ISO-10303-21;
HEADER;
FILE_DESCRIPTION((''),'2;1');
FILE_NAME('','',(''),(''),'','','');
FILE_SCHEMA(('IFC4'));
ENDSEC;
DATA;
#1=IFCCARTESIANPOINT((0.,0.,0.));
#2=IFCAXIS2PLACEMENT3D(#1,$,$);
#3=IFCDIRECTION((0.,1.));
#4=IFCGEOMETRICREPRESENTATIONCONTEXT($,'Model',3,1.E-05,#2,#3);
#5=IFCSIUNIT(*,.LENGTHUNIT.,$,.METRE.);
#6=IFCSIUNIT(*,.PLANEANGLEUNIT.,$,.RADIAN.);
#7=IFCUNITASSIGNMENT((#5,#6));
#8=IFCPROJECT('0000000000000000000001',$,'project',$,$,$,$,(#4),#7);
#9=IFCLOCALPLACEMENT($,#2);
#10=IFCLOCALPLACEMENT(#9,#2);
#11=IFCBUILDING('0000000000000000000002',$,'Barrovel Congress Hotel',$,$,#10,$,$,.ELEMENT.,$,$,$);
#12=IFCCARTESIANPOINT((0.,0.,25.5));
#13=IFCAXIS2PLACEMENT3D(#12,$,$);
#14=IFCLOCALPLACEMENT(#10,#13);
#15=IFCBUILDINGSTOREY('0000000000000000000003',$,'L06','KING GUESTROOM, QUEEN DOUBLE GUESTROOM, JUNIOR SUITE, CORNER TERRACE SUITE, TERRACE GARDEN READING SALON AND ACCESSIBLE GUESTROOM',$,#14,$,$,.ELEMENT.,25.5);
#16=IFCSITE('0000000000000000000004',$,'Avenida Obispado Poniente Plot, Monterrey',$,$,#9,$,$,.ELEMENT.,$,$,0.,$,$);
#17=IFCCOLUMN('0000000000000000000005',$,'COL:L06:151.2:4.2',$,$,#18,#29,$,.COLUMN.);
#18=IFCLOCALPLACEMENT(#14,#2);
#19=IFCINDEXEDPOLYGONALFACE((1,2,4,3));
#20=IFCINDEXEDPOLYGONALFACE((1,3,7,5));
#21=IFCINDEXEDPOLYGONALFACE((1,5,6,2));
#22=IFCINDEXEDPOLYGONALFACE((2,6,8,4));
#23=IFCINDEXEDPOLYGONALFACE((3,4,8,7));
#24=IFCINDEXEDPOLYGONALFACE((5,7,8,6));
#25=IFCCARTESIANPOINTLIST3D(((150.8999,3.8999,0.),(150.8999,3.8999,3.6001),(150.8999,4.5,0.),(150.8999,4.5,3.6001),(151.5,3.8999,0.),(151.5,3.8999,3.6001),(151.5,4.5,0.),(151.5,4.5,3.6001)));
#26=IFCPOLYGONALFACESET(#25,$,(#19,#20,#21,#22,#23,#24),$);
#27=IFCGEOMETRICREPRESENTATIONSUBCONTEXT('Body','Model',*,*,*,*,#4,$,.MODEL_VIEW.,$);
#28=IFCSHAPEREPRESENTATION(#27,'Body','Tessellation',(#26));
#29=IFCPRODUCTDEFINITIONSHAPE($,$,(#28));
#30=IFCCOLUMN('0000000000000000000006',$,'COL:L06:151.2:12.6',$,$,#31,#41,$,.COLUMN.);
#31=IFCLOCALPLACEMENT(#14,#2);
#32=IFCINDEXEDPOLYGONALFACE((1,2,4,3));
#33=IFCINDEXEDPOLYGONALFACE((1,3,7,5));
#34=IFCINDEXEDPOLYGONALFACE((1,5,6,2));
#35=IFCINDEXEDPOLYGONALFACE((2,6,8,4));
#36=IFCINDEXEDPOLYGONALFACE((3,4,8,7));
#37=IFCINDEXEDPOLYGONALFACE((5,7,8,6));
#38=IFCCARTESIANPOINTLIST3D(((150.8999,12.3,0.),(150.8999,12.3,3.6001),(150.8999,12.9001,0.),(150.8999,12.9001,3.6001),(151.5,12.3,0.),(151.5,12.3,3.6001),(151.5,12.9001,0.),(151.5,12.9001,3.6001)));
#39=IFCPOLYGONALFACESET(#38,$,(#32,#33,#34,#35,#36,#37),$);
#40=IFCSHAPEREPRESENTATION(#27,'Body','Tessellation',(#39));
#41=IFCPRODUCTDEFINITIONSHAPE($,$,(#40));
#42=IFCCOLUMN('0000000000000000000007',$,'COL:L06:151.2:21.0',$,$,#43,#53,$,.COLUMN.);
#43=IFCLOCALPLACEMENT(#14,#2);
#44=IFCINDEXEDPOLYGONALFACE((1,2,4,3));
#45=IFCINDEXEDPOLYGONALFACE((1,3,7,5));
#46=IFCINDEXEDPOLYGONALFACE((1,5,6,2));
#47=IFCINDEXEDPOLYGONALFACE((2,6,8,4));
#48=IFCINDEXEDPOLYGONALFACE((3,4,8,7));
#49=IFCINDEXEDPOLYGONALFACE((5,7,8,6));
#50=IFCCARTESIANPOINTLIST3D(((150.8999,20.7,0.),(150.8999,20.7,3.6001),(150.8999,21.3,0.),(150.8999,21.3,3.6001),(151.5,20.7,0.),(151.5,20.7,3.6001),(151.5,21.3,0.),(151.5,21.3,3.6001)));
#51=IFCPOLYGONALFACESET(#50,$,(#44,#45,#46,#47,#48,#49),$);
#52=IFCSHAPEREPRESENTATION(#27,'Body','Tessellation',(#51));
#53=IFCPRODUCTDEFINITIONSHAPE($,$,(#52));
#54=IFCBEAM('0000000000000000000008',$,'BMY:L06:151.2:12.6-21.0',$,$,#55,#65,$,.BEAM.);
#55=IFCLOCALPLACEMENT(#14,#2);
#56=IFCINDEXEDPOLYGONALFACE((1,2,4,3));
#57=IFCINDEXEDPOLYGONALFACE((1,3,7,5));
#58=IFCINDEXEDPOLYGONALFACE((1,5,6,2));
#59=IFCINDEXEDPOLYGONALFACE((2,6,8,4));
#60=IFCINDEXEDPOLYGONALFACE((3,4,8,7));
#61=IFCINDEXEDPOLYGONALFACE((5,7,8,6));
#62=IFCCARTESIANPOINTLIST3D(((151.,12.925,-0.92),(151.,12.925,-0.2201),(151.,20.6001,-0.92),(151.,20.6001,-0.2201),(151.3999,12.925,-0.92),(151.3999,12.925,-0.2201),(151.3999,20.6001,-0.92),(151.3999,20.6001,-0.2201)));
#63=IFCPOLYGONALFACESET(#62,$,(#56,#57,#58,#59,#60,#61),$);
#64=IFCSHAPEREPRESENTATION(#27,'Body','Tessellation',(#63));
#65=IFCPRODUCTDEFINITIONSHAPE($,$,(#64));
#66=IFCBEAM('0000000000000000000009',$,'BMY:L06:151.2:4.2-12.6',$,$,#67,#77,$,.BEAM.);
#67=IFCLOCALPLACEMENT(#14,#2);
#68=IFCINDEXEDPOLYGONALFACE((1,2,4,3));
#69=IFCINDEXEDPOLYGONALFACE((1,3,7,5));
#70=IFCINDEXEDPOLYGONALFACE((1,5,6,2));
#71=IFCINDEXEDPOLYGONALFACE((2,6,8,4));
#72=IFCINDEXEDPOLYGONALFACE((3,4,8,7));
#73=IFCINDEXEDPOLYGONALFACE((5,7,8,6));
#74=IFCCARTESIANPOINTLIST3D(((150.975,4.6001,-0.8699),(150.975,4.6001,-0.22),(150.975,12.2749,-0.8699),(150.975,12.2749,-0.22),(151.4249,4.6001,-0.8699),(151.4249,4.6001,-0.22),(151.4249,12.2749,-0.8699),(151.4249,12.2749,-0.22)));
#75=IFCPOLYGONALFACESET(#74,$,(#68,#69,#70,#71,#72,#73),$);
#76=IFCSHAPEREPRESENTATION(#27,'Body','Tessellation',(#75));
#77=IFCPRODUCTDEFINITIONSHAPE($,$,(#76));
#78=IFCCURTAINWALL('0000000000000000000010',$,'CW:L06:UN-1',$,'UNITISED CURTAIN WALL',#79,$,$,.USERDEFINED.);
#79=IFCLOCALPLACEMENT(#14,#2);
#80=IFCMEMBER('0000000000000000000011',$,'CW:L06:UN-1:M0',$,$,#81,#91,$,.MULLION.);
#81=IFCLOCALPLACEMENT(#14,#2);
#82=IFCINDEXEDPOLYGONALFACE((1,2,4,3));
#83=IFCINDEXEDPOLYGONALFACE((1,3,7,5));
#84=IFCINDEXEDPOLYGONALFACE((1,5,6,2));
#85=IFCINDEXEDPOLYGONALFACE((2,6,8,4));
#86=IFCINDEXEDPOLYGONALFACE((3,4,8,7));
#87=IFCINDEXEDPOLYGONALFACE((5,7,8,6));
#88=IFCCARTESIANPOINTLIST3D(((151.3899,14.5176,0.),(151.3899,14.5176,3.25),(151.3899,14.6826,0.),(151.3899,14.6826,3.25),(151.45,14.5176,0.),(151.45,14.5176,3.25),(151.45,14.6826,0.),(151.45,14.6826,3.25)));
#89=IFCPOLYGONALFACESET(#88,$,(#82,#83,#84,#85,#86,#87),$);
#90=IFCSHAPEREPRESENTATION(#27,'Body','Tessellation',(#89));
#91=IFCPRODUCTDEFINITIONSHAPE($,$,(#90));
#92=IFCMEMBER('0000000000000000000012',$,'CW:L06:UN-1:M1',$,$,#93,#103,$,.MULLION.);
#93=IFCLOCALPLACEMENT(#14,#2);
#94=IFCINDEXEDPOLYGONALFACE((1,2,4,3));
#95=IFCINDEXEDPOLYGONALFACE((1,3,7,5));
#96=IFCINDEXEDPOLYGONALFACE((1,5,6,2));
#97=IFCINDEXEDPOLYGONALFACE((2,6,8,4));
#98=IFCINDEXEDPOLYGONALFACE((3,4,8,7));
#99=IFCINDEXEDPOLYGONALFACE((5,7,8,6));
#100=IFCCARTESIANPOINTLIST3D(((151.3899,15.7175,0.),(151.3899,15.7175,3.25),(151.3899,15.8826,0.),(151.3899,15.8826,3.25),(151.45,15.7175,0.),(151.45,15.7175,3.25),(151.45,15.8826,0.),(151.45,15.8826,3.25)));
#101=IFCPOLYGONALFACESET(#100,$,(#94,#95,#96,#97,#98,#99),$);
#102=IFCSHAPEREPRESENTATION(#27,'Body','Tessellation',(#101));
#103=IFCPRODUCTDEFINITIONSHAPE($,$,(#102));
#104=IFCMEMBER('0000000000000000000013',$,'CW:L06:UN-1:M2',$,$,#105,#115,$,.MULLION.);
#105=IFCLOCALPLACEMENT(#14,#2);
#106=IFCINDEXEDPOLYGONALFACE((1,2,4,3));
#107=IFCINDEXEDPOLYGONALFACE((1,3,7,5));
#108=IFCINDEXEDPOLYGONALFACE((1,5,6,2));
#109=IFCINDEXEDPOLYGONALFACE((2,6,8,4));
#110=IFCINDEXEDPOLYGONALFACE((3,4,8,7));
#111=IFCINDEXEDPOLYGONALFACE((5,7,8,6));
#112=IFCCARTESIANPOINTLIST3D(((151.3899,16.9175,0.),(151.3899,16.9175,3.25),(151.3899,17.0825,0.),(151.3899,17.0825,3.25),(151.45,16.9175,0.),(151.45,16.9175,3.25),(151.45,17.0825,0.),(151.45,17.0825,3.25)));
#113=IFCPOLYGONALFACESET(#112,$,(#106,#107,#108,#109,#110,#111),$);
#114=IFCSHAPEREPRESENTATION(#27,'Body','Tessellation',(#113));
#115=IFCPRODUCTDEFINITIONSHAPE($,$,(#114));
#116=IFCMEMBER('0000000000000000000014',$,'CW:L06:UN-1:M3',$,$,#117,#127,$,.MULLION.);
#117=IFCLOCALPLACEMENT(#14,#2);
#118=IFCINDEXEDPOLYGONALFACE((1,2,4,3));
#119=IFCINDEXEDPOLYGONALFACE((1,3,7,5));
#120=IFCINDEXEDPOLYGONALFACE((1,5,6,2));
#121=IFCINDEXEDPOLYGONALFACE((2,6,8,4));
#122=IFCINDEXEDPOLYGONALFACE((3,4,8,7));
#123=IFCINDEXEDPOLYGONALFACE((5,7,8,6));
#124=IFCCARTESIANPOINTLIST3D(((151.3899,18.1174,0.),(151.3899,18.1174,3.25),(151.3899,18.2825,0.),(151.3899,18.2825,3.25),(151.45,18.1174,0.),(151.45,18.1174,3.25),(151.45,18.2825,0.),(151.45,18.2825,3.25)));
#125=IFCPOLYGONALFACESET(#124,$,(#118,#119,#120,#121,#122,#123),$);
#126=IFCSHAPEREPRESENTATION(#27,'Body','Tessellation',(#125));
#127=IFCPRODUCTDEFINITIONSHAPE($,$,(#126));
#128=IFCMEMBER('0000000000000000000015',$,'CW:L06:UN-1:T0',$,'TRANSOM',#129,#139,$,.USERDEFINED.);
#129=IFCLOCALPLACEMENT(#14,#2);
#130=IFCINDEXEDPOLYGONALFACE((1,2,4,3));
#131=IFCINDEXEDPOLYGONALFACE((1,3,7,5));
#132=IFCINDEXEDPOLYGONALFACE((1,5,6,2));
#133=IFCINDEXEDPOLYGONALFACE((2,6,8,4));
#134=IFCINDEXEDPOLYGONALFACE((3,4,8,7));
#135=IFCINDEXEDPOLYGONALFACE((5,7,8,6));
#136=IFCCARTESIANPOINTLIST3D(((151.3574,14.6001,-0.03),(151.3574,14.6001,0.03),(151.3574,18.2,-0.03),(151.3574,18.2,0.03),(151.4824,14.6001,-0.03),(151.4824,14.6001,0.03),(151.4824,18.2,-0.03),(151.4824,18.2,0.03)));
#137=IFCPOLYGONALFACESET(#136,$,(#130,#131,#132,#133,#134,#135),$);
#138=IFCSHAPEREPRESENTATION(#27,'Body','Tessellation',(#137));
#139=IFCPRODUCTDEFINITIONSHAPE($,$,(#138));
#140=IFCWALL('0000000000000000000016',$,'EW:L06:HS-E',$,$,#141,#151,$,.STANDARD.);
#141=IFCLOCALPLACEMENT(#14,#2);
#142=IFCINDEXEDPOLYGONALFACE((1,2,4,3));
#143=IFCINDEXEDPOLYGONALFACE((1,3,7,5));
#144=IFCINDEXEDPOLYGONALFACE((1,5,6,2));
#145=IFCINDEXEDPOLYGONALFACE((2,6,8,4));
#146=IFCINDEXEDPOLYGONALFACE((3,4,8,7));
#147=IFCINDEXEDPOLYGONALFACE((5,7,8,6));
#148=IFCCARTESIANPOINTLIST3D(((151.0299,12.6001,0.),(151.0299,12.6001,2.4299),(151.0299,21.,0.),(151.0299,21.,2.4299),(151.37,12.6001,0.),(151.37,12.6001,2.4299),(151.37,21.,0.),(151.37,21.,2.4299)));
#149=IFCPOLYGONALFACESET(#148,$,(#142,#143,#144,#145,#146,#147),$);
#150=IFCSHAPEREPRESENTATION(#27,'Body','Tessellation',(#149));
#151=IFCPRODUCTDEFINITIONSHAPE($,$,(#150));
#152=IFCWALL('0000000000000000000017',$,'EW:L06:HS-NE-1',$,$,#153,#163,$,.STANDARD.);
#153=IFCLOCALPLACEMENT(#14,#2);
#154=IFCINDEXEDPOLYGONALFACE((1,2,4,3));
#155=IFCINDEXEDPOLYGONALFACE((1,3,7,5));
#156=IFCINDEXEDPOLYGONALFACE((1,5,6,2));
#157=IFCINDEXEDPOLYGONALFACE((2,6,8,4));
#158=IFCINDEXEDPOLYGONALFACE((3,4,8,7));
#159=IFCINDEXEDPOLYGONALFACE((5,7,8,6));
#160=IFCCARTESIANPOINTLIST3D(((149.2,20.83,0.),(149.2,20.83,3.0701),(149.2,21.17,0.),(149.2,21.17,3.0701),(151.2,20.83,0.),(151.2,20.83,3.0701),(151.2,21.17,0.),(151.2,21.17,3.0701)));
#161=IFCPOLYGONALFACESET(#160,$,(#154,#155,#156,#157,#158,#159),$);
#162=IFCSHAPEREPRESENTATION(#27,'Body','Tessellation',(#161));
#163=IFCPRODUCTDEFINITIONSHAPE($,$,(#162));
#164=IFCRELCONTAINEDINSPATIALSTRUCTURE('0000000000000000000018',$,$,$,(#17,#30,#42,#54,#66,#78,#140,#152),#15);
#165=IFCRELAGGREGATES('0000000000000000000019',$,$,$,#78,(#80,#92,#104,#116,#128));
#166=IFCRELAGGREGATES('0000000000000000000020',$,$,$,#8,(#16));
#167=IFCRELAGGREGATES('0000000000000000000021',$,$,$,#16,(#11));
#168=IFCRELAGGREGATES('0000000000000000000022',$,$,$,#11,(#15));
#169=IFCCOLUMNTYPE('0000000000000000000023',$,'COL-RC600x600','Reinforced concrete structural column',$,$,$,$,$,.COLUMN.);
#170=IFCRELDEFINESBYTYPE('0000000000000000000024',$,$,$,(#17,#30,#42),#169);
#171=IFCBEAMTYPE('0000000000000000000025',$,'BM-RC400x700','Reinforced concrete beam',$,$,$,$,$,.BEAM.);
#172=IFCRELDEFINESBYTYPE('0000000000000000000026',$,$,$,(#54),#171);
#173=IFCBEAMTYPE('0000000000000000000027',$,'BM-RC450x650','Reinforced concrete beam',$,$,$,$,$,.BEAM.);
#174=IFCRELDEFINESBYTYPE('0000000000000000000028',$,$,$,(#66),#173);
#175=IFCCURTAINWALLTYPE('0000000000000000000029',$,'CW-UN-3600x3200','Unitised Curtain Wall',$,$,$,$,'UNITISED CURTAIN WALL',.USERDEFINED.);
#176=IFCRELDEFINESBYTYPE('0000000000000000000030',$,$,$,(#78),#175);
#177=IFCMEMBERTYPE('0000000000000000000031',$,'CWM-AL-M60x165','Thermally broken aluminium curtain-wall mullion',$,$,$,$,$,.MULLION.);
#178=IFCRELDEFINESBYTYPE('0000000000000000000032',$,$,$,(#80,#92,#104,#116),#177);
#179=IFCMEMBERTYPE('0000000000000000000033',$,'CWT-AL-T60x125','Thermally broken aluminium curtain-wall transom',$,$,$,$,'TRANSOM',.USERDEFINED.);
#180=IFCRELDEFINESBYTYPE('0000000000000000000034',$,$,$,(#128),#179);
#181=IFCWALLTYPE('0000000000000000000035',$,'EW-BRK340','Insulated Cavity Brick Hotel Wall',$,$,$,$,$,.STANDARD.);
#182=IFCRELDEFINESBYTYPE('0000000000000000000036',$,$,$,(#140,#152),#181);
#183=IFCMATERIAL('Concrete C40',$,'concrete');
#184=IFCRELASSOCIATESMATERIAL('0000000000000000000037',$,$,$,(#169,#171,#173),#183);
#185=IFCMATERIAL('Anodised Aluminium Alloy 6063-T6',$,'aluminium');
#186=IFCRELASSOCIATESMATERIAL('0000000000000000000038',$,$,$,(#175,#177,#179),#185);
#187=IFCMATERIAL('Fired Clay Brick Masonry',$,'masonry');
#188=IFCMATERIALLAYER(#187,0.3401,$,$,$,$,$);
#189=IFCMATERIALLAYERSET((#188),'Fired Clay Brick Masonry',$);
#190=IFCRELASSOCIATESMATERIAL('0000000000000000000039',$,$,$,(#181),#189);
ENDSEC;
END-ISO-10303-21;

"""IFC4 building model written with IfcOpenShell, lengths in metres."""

from ifc_helpers import new_model, si_unit, direction, frame, frame_2d, origin, origin_2d, place, context, subcontext, project, spatial, rectangle, extrude, material, layer, layer_set, material_profile, profile_set, type_object, element, aggregate, save


model = new_model("IFC4")

# Units and contexts
model_context = context("Model", 3, precision=1e-05, world=origin(), true_north=direction((0.0, 1.0)))
body_context = subcontext(model_context, "Body", "Model", "MODEL_VIEW")
ifc_project = project(units=[si_unit("LENGTHUNIT", "METRE"), si_unit("PLANEANGLEUNIT", "RADIAN")], contexts=[model_context])

# Site, building, storey
site_placement = place(None, origin())
site = spatial("IfcSite", under=ifc_project, at=site_placement, Name="Avenida Obispado Poniente Plot, Monterrey", CompositionType="ELEMENT", RefElevation=0.0)
building_placement = place(site_placement, origin())
building = spatial("IfcBuilding", under=site, at=building_placement, Name="Barrovel Congress Hotel", CompositionType="ELEMENT")
storey_placement = place(building_placement, frame((0.0, 0.0, 25.5)))
storey = spatial("IfcBuildingStorey", under=building, at=storey_placement, Name="L06", Description="KING GUESTROOM, QUEEN DOUBLE GUESTROOM, JUNIOR SUITE, CORNER TERRACE SUITE, TERRACE GARDEN READING SALON AND ACCESSIBLE GUESTROOM", CompositionType="ELEMENT", Elevation=25.5)

# Columns
ifc_material_1 = material(Name="Concrete C40", Category="concrete")
ifc_material_profile_1 = material_profile(ifc_material_1, rectangle(XDim=0.6001, YDim=0.6001, at=origin_2d()), Name="RC600x600")
ifc_profile_set_1 = profile_set([ifc_material_profile_1], Name="Concrete C40")
column_type = type_object("IfcColumnType", Name="COL-RC600x600", Description="Reinforced concrete structural column", PredefinedType="COLUMN", material=ifc_profile_set_1)
for number, where, z_axis, x_axis, name in (
    (1, (151.2, 4.2, 0.0), (0.0, 0.0, 1.0), (1.0, 0.0, 0.0), "COL:L06:151.2:4.2"),
    (2, (151.2, 12.6001, 0.0), (0.0, 0.0, 1.0), (1.0, 0.0, 0.0), "COL:L06:151.2:12.6"),
    (3, (151.2, 21.0, 0.0), (0.0, 0.0, 1.0), (1.0, 0.0, 0.0), "COL:L06:151.2:21.0"),
):
    element("IfcColumn", number, at=place(storey_placement, frame(where, z_axis=z_axis, x_axis=x_axis)), inside=storey, type_object=column_type, Name=name, PredefinedType="COLUMN", context=body_context, shape_type="SweptSolid", body=[
        extrude(rectangle(XDim=0.6001, YDim=0.6001, at=origin_2d()), origin(), (0.0, 0.0, 1.0), 3.6001),
    ])

# Beams
ifc_material_profile_2 = material_profile(ifc_material_1, rectangle(XDim=0.3999, YDim=0.7, at=origin_2d()), Name="RC400x700")
ifc_profile_set_2 = profile_set([ifc_material_profile_2], Name="Concrete C40")
beam_type_1 = type_object("IfcBeamType", Name="BM-RC400x700", Description="Reinforced concrete beam", PredefinedType="BEAM", material=ifc_profile_set_2)
beam_1_placement = place(storey_placement, frame((151.2, 12.925, -0.5701), z_axis=(0.0, 1.0, 0.0), x_axis=(-1.0, 0.0, 0.0)))
element("IfcBeam", 4, at=beam_1_placement, inside=storey, type_object=beam_type_1, Name="BMY:L06:151.2:12.6-21.0", PredefinedType="BEAM", context=body_context, shape_type="SweptSolid", body=[
    extrude(rectangle(XDim=0.3999, YDim=0.7, at=origin_2d()), origin(), (0.0, 0.0, 1.0), 7.675),
])
ifc_material_profile_3 = material_profile(ifc_material_1, rectangle(XDim=0.45, YDim=0.6499, at=origin_2d()), Name="RC450x650")
ifc_profile_set_3 = profile_set([ifc_material_profile_3], Name="Concrete C40")
beam_type_2 = type_object("IfcBeamType", Name="BM-RC450x650", Description="Reinforced concrete beam", PredefinedType="BEAM", material=ifc_profile_set_3)
beam_2_placement = place(storey_placement, frame((151.2, 4.6001, -0.5449), z_axis=(0.0, 1.0, 0.0), x_axis=(-1.0, 0.0, 0.0)))
element("IfcBeam", 5, at=beam_2_placement, inside=storey, type_object=beam_type_2, Name="BMY:L06:151.2:4.2-12.6", PredefinedType="BEAM", context=body_context, shape_type="SweptSolid", body=[
    extrude(rectangle(XDim=0.45, YDim=0.6499, at=origin_2d()), origin(), (0.0, 0.0, 1.0), 7.6748),
])

# Curtain wall, members
ifc_material_2 = material(Name="Anodised Aluminium Alloy 6063-T6", Category="aluminium")
curtain_wall_type = type_object("IfcCurtainWallType", Name="CW-UN-3600x3200", Description="Unitised Curtain Wall", ElementType="UNITISED CURTAIN WALL", PredefinedType="USERDEFINED", material=ifc_material_2)
curtain_wall_placement = place(storey_placement, origin())
curtain_wall = element("IfcCurtainWall", 6, at=curtain_wall_placement, inside=storey, type_object=curtain_wall_type, Name="CW:L06:UN-1", ObjectType="UNITISED CURTAIN WALL", PredefinedType="USERDEFINED")
ifc_material_profile_4 = material_profile(ifc_material_2, rectangle(XDim=0.0601, YDim=0.165, at=origin_2d()), Name="AL-M60x165")
ifc_profile_set_4 = profile_set([ifc_material_profile_4], Name="Anodised Aluminium Alloy 6063-T6")
member_type_1 = type_object("IfcMemberType", Name="CWM-AL-M60x165", Description="Thermally broken aluminium curtain-wall mullion", PredefinedType="MULLION", material=ifc_profile_set_4)
member_1_placement = place(storey_placement, frame((151.4199, 14.6001, 0.0), z_axis=(0.0, 0.0, 1.0), x_axis=(1.0, 0.0, 0.0)))
member_1 = element("IfcMember", 7, at=member_1_placement, type_object=member_type_1, Name="CW:L06:UN-1:M0", PredefinedType="MULLION", context=body_context, shape_type="SweptSolid", body=[
    extrude(rectangle(XDim=0.0601, YDim=0.165, at=origin_2d()), origin(), (0.0, 0.0, 1.0), 3.25),
])
member_2_placement = place(storey_placement, frame((151.4199, 15.8, 0.0), z_axis=(0.0, 0.0, 1.0), x_axis=(1.0, 0.0, 0.0)))
member_2 = element("IfcMember", 8, at=member_2_placement, type_object=member_type_1, Name="CW:L06:UN-1:M1", PredefinedType="MULLION", context=body_context, shape_type="SweptSolid", body=[
    extrude(rectangle(XDim=0.0601, YDim=0.165, at=origin_2d()), origin(), (0.0, 0.0, 1.0), 3.25),
])
member_3_placement = place(storey_placement, frame((151.4199, 17.0, 0.0), z_axis=(0.0, 0.0, 1.0), x_axis=(1.0, 0.0, 0.0)))
member_3 = element("IfcMember", 9, at=member_3_placement, type_object=member_type_1, Name="CW:L06:UN-1:M2", PredefinedType="MULLION", context=body_context, shape_type="SweptSolid", body=[
    extrude(rectangle(XDim=0.0601, YDim=0.165, at=origin_2d()), origin(), (0.0, 0.0, 1.0), 3.25),
])
member_4_placement = place(storey_placement, frame((151.4199, 18.2, 0.0), z_axis=(0.0, 0.0, 1.0), x_axis=(1.0, 0.0, 0.0)))
member_4 = element("IfcMember", 10, at=member_4_placement, type_object=member_type_1, Name="CW:L06:UN-1:M3", PredefinedType="MULLION", context=body_context, shape_type="SweptSolid", body=[
    extrude(rectangle(XDim=0.0601, YDim=0.165, at=origin_2d()), origin(), (0.0, 0.0, 1.0), 3.25),
])
ifc_material_profile_5 = material_profile(ifc_material_2, rectangle(XDim=0.125, YDim=0.0601, at=origin_2d()), Name="AL-T60x125")
ifc_profile_set_5 = profile_set([ifc_material_profile_5], Name="Anodised Aluminium Alloy 6063-T6")
member_type_2 = type_object("IfcMemberType", Name="CWT-AL-T60x125", Description="Thermally broken aluminium curtain-wall transom", ElementType="TRANSOM", PredefinedType="USERDEFINED", material=ifc_profile_set_5)
member_5_placement = place(storey_placement, frame((151.4199, 14.6001, 0.0), z_axis=(0.0, 1.0, 0.0), x_axis=(-1.0, 0.0, 0.0)))
member_5 = element("IfcMember", 11, at=member_5_placement, type_object=member_type_2, Name="CW:L06:UN-1:T0", ObjectType="TRANSOM", PredefinedType="USERDEFINED", context=body_context, shape_type="SweptSolid", body=[
    extrude(rectangle(XDim=0.125, YDim=0.0601, at=origin_2d()), origin(), (0.0, 0.0, 1.0), 3.5999),
])
aggregate(curtain_wall, [member_1, member_2, member_3, member_4, member_5])

# Walls
ifc_material_3 = material(Name="Fired Clay Brick Masonry", Category="masonry")
ifc_layer_1 = layer(ifc_material_3, 0.3401)
ifc_layer_set_1 = layer_set([ifc_layer_1], Name="Fired Clay Brick Masonry")
wall_type_1 = type_object("IfcWallType", Name="EW-BRK340", Description="Insulated Cavity Brick Hotel Wall", PredefinedType="STANDARD", material=ifc_layer_set_1)
wall_1_placement = place(storey_placement, frame((151.2, 12.6001, 0.0), z_axis=(0.0, 0.0, 1.0), x_axis=(0.0, 1.0, 0.0)))
element("IfcWall", 12, at=wall_1_placement, inside=storey, type_object=wall_type_1, Name="EW:L06:HS-E", PredefinedType="STANDARD", context=body_context, shape_type="SweptSolid", body=[
    extrude(rectangle(XDim=8.3999, YDim=0.3401, at=frame_2d((4.2, 0.0))), origin(), (0.0, 0.0, 1.0), 2.4299),
])
wall_2_placement = place(storey_placement, frame((151.2, 21.0, 0.0), z_axis=(0.0, 0.0, 1.0), x_axis=(-1.0, 0.0, 0.0)))
element("IfcWall", 13, at=wall_2_placement, inside=storey, type_object=wall_type_1, Name="EW:L06:HS-NE-1", PredefinedType="STANDARD", context=body_context, shape_type="SweptSolid", body=[
    extrude(rectangle(XDim=2.0, YDim=0.3401, at=frame_2d((1.0, 0.0))), origin(), (0.0, 0.0, 1.0), 3.0701),
])

save(model, "model.ifc")
